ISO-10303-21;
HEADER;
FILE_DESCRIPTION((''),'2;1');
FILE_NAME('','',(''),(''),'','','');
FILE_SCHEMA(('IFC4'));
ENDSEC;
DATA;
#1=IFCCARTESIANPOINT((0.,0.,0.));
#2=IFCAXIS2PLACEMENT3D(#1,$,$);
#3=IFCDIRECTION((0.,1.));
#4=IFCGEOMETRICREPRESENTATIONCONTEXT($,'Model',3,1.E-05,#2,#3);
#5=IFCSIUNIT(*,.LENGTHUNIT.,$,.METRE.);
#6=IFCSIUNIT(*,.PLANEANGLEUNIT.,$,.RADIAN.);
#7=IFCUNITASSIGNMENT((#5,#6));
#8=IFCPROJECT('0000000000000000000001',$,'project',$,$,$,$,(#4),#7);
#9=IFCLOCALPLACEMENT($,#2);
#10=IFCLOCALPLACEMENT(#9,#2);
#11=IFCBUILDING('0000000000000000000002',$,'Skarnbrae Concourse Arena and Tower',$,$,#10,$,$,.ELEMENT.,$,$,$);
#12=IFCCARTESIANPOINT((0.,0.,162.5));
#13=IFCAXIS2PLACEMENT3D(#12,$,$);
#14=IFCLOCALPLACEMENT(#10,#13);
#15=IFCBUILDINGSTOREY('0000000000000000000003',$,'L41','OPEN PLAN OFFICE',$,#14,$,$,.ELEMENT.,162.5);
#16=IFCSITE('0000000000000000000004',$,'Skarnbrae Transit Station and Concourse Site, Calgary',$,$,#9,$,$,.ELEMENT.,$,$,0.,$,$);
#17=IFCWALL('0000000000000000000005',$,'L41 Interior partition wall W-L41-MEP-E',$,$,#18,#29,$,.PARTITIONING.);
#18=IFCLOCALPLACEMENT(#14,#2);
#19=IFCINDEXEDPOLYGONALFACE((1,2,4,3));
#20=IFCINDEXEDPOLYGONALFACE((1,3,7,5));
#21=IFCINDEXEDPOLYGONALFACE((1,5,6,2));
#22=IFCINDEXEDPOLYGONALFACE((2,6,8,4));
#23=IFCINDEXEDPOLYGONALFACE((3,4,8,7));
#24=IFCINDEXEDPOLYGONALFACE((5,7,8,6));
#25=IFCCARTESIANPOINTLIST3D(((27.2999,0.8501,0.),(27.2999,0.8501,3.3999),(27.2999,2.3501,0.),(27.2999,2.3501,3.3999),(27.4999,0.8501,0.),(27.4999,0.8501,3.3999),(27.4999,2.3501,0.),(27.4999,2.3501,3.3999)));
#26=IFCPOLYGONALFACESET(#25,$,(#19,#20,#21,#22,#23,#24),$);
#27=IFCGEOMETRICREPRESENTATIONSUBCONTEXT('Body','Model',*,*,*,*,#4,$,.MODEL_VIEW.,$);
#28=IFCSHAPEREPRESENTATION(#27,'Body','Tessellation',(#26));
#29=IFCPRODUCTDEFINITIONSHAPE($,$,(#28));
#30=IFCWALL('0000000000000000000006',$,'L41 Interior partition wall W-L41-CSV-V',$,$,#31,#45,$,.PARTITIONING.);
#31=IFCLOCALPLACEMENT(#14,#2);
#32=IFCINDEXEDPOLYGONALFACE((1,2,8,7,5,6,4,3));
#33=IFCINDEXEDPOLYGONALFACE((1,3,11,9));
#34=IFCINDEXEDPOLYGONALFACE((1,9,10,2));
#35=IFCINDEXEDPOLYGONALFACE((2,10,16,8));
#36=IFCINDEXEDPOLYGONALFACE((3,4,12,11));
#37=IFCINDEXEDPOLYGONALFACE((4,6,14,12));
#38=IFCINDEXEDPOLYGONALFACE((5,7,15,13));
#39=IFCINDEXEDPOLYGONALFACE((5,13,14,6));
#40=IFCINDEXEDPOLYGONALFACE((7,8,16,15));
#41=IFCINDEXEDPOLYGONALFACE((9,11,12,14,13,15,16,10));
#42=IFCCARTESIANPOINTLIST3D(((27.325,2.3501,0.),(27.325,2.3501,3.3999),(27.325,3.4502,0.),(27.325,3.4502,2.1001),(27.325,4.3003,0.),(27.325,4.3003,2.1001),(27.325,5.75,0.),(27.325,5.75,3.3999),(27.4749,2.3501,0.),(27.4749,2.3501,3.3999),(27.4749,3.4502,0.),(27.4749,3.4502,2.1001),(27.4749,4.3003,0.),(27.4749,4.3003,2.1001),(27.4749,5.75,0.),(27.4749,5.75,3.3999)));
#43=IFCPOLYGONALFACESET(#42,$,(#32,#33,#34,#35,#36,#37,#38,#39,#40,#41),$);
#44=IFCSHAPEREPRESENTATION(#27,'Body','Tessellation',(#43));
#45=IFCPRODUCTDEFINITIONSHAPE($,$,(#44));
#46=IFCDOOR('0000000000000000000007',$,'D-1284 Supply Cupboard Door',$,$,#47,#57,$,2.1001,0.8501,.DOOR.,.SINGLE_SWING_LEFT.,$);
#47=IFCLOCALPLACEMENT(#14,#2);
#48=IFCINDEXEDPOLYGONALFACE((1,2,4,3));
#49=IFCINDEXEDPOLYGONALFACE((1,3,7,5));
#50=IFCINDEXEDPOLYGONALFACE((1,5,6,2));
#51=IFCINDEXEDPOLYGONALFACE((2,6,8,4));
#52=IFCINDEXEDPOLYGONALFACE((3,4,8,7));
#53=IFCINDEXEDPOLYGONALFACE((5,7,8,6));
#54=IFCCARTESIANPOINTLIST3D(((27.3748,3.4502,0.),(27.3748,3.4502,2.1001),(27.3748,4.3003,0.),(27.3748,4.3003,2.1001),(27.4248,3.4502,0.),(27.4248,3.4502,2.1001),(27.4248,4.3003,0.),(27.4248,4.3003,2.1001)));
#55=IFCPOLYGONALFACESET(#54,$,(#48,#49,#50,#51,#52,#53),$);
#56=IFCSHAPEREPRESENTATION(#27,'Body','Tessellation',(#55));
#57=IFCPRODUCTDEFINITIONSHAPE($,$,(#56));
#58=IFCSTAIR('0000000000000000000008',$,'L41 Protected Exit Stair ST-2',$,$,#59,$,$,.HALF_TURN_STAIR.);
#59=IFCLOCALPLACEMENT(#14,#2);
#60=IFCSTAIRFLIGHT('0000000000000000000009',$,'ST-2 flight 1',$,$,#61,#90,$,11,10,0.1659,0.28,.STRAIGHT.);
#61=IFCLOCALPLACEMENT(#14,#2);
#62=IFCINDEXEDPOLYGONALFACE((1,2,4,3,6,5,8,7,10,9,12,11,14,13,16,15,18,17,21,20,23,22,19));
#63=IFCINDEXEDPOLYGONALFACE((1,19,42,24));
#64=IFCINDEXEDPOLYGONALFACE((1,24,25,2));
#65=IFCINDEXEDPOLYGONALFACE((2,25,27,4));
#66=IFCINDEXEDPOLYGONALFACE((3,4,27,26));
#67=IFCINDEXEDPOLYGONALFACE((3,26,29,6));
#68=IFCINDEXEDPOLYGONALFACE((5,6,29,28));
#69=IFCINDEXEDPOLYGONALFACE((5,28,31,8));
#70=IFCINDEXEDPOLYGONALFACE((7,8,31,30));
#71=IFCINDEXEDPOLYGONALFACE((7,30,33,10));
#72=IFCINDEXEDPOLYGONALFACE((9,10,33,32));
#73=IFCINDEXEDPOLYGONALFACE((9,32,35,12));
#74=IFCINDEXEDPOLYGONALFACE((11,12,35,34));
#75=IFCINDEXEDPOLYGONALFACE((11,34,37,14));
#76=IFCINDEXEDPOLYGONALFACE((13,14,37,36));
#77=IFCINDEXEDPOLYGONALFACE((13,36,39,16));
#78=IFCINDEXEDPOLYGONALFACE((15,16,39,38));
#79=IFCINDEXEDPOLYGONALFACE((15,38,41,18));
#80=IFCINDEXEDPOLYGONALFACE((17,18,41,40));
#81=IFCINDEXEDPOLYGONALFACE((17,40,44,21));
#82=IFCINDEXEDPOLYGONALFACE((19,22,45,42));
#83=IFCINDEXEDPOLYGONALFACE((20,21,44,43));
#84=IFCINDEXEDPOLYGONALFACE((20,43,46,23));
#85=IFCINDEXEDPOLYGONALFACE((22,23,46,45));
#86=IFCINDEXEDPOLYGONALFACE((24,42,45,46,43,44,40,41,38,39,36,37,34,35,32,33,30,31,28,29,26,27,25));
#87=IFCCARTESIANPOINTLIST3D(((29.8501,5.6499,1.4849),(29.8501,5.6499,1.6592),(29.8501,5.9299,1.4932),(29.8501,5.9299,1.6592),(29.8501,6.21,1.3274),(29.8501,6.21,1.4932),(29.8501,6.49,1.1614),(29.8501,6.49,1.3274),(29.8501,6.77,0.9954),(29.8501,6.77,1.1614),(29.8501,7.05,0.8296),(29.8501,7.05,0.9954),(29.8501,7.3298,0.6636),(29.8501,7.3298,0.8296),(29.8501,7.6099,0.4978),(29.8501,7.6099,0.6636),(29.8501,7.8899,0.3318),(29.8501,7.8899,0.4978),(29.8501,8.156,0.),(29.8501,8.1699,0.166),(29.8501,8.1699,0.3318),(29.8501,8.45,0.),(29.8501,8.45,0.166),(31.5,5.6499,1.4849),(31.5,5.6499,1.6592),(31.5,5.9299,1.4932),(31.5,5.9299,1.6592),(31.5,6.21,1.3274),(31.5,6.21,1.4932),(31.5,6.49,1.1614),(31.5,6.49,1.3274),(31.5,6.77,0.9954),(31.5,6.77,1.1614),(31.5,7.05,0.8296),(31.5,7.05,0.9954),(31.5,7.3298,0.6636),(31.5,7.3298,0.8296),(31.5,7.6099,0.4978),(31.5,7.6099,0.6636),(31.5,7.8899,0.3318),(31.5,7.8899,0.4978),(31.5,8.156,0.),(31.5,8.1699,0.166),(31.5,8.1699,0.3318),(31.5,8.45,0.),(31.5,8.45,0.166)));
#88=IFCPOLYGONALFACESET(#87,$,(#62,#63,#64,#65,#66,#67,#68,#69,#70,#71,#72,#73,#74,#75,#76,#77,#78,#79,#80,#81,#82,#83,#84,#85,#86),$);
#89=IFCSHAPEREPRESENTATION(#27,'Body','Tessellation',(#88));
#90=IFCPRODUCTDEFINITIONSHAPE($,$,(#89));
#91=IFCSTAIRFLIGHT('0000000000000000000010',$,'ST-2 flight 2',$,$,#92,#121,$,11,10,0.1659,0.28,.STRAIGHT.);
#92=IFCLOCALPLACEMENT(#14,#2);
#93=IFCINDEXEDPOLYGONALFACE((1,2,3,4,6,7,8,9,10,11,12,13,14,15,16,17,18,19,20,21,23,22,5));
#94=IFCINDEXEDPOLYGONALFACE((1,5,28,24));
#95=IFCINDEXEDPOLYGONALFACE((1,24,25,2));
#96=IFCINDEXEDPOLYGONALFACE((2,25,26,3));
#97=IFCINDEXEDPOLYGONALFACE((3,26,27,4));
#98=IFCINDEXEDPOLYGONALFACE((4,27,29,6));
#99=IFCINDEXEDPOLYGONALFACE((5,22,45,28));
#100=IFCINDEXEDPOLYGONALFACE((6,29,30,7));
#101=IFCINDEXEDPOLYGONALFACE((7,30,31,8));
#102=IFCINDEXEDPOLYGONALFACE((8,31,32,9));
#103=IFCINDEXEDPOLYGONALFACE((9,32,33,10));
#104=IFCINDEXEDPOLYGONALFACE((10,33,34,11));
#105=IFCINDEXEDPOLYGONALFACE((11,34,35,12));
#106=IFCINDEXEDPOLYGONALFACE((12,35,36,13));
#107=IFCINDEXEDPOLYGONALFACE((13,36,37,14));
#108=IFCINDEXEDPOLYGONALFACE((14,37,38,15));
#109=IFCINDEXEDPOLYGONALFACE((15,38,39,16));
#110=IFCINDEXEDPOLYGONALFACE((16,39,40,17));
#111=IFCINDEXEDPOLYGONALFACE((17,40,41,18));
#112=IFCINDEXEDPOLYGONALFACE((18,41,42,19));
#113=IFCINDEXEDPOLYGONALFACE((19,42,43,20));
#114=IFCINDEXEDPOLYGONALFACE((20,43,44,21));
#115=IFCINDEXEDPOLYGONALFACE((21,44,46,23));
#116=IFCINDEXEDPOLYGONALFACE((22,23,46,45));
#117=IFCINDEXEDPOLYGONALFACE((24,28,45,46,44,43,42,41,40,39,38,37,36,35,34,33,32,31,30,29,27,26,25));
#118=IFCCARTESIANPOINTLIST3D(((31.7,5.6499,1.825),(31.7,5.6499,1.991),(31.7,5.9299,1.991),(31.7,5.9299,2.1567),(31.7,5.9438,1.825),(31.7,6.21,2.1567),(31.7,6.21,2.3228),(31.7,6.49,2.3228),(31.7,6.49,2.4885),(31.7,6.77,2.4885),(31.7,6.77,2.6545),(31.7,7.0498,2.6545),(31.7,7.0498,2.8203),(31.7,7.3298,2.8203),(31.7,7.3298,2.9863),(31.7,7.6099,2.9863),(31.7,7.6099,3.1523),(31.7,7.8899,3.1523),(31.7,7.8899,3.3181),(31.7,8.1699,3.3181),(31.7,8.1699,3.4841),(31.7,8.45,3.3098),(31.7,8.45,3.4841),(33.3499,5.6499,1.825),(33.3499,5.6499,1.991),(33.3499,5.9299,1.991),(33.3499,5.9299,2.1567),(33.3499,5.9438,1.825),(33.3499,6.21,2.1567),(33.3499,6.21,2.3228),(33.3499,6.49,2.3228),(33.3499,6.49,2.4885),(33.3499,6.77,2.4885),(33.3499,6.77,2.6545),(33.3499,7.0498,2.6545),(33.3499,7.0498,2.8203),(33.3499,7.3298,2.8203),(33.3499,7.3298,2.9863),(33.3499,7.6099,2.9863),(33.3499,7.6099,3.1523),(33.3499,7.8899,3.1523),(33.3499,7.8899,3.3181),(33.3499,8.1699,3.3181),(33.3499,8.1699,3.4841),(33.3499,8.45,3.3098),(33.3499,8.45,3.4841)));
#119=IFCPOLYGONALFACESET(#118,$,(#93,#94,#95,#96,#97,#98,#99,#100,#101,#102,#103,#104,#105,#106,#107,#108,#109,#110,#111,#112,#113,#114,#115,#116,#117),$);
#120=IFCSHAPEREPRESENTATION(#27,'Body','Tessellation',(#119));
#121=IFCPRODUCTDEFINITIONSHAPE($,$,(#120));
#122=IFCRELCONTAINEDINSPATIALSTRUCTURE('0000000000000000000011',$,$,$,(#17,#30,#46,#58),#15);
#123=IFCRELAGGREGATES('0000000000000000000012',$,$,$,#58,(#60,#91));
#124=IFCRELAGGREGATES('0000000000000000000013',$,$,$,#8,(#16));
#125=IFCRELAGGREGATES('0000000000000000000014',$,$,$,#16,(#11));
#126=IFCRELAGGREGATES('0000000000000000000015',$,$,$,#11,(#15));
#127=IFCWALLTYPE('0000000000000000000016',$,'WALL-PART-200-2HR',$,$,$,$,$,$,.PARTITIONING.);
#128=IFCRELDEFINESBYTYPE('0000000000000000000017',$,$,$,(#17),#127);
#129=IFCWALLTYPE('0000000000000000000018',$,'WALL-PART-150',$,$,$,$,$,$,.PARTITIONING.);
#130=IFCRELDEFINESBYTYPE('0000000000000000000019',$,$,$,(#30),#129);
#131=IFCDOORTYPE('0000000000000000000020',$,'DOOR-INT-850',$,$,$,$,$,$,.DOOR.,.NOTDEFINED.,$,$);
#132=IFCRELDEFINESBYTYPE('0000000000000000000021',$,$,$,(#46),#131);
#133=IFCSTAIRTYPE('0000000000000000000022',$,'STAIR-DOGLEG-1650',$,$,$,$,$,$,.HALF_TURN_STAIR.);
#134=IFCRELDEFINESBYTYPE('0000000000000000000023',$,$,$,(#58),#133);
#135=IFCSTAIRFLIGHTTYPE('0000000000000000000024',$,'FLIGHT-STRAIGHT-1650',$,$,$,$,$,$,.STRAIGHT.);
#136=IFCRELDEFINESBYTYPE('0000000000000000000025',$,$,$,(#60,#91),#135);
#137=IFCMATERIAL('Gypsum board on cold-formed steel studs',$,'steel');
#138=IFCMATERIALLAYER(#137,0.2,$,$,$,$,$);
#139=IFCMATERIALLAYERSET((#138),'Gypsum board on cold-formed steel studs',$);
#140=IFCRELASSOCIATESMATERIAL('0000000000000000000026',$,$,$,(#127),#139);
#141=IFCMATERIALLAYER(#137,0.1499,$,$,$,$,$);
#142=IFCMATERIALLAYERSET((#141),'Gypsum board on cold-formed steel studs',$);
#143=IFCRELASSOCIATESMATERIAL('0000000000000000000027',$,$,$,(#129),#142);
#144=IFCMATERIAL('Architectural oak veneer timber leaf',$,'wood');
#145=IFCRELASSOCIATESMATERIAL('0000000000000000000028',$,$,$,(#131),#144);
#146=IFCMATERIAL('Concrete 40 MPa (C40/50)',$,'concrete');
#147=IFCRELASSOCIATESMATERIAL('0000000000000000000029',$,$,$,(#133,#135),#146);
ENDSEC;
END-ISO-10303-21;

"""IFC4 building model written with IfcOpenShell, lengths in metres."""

from ifc_helpers import new_model, si_unit, direction, frame, frame_2d, origin, place, context, subcontext, project, spatial, polyline, rectangle, outline, extrude, source, transform, mapped, material, layer, layer_set, type_object, element, fill, aggregate, save


model = new_model("IFC4")

# Units and contexts
model_context = context("Model", 3, precision=1e-05, world=origin(), true_north=direction((0.0, 1.0)))
body_context = subcontext(model_context, "Body", "Model", "MODEL_VIEW")
ifc_project = project(units=[si_unit("LENGTHUNIT", "METRE"), si_unit("PLANEANGLEUNIT", "RADIAN")], contexts=[model_context])

# Site, building, storey
site_placement = place(None, origin())
site = spatial("IfcSite", under=ifc_project, at=site_placement, Name="Skarnbrae Transit Station and Concourse Site, Calgary", CompositionType="ELEMENT", RefElevation=0.0)
building_placement = place(site_placement, origin())
building = spatial("IfcBuilding", under=site, at=building_placement, Name="Skarnbrae Concourse Arena and Tower", CompositionType="ELEMENT")
storey_placement = place(building_placement, frame((0.0, 0.0, 162.5)))
storey = spatial("IfcBuildingStorey", under=building, at=storey_placement, Name="L41", Description="OPEN PLAN OFFICE", CompositionType="ELEMENT", Elevation=162.5)

# Shared definitions
ifc_material_1 = material(Name="Gypsum board on cold-formed steel studs", Category="steel")
ifc_layer_1 = layer(ifc_material_1, 0.2)
ifc_layer_set_1 = layer_set([ifc_layer_1], Name="Gypsum board on cold-formed steel studs")
wall_type_1 = type_object("IfcWallType", Name="WALL-PART-200-2HR", PredefinedType="PARTITIONING", material=ifc_layer_set_1)
ifc_layer_2 = layer(ifc_material_1, 0.1499)
ifc_layer_set_2 = layer_set([ifc_layer_2], Name="Gypsum board on cold-formed steel studs")
wall_type_2 = type_object("IfcWallType", Name="WALL-PART-150", PredefinedType="PARTITIONING", material=ifc_layer_set_2)

# Wall
shared_shape_1 = source(origin(), body_context, "Body", "SweptSolid", [
    extrude(rectangle(XDim=1.5, YDim=0.2, at=frame_2d((0.75, 0.0))), origin(), (0.0, 0.0, 1.0), 3.3999),
])
wall_1_placement = place(storey_placement, frame((27.3999, 0.8501, 0.0), z_axis=(0.0, 0.0, 1.0), x_axis=(0.0, 1.0, 0.0)))
element("IfcWall", 1, at=wall_1_placement, inside=storey, type_object=wall_type_1, Name="L41 Interior partition wall W-L41-MEP-E", PredefinedType="PARTITIONING", context=body_context, shape_type="MappedRepresentation", body=[
    mapped(shared_shape_1, transform((0.0, 0.0, 0.0))),
])

# Wall, opening, door
shared_shape_2 = source(origin(), body_context, "Body", "SweptSolid", [
    extrude(rectangle(XDim=3.3999, YDim=0.1499, at=frame_2d((1.7, 0.0))), origin(), (0.0, 0.0, 1.0), 3.3999),
])
wall_2_placement = place(storey_placement, frame((27.3999, 2.3501, 0.0), z_axis=(0.0, 0.0, 1.0), x_axis=(0.0, 1.0, 0.0)))
wall_2 = element("IfcWall", 2, at=wall_2_placement, inside=storey, type_object=wall_type_2, Name="L41 Interior partition wall W-L41-CSV-V", PredefinedType="PARTITIONING", context=body_context, shape_type="MappedRepresentation", body=[
    mapped(shared_shape_2, transform((0.0, 0.0, 0.0))),
])
opening_1_placement = place(wall_2_placement, frame((1.1001, 0.0, 0.0)))
opening_1 = element("IfcOpeningElement", 3, at=opening_1_placement, cuts=wall_2, PredefinedType="OPENING", context=body_context, shape_type="SweptSolid", body=[
    extrude(rectangle(XDim=0.8501, YDim=2.1001, at=frame_2d((0.425, 1.05))), frame((0.0, 0.085, 0.0), z_axis=(0.0, -1.0, 0.0), x_axis=(1.0, 0.0, 0.0)), (0.0, 0.0, 1.0), 0.1699),
])
ifc_material_2 = material(Name="Architectural oak veneer timber leaf", Category="wood")
door_type_1 = type_object("IfcDoorType", Name="DOOR-INT-850", OperationType="NOTDEFINED", PredefinedType="DOOR", material=ifc_material_2)
shared_shape_3 = source(origin(), body_context, "Body", "SweptSolid", [
    extrude(rectangle(XDim=0.8501, YDim=2.1001, at=frame_2d((0.425, 1.05))), frame((0.0, 0.0249, 0.0), z_axis=(0.0, -1.0, 0.0), x_axis=(1.0, 0.0, 0.0)), (0.0, 0.0, 1.0), 0.05),
])
door_1_placement = place(opening_1_placement, frame((0.8501, 0.0, 0.0), z_axis=(0.0, 0.0, 1.0), x_axis=(-1.0, 0.0, 0.0)))
door_1 = element("IfcDoor", 4, at=door_1_placement, inside=storey, type_object=door_type_1, Name="D-1284 Supply Cupboard Door", OperationType="SINGLE_SWING_LEFT", OverallHeight=2.1001, OverallWidth=0.8501, PredefinedType="DOOR", context=body_context, shape_type="MappedRepresentation", body=[
    mapped(shared_shape_3, transform((0.0, 0.0, 0.0))),
])
fill(opening_1, door_1)

# Stair, stair flights
ifc_material_3 = material(Name="Concrete 40 MPa (C40/50)", Category="concrete")
stair_type = type_object("IfcStairType", Name="STAIR-DOGLEG-1650", PredefinedType="HALF_TURN_STAIR", material=ifc_material_3)
stair_placement = place(storey_placement, origin())
stair = element("IfcStair", 5, at=stair_placement, inside=storey, type_object=stair_type, Name="L41 Protected Exit Stair ST-2", PredefinedType="HALF_TURN_STAIR")
stair_flight_type = type_object("IfcStairFlightType", Name="FLIGHT-STRAIGHT-1650", PredefinedType="STRAIGHT", material=ifc_material_3)
shared_shape_4 = source(origin(), body_context, "Body", "SweptSolid", [
    extrude(outline(polyline([(0.0, 0.0), (0.0, 0.166), (0.28, 0.166), (0.28, 0.3318), (0.5601, 0.3318), (0.5601, 0.4978), (0.8401, 0.4978), (0.8401, 0.6636), (1.1201, 0.6636), (1.1201, 0.8296), (1.3999, 0.8296), (1.3999, 0.9954), (1.6799, 0.9954), (1.6799, 1.1614), (1.96, 1.1614), (1.96, 1.3274), (2.24, 1.3274), (2.24, 1.4932), (2.52, 1.4932), (2.52, 1.6592), (2.8, 1.6592), (2.8, 1.825), (2.8, 1.4849), (0.2939, 0.0), (0.0, 0.0)])), frame((0.0, 0.825, 0.0), z_axis=(0.0, -1.0, 0.0), x_axis=(1.0, 0.0, 0.0)), (0.0, 0.0, 1.0), 1.6499),
])
stair_flight_1_placement = place(storey_placement, frame((30.675, 8.45, 0.0), z_axis=(0.0, 0.0, 1.0), x_axis=(0.0, -1.0, 0.0)))
stair_flight_1 = element("IfcStairFlight", 6, at=stair_flight_1_placement, type_object=stair_flight_type, Name="ST-2 flight 1", NumberOfRisers=11, NumberOfTreads=10, PredefinedType="STRAIGHT", RiserHeight=0.1659, TreadLength=0.28, context=body_context, shape_type="MappedRepresentation", body=[
    mapped(shared_shape_4, transform((0.0, 0.0, 0.0))),
])
stair_flight_2_placement = place(storey_placement, frame((32.5249, 5.6499, 1.825), z_axis=(0.0, 0.0, 1.0), x_axis=(0.0, 1.0, 0.0)))
stair_flight_2 = element("IfcStairFlight", 7, at=stair_flight_2_placement, type_object=stair_flight_type, Name="ST-2 flight 2", NumberOfRisers=11, NumberOfTreads=10, PredefinedType="STRAIGHT", RiserHeight=0.1659, TreadLength=0.28, context=body_context, shape_type="MappedRepresentation", body=[
    mapped(shared_shape_4, transform((0.0, 0.0, 0.0))),
])
aggregate(stair, [stair_flight_1, stair_flight_2])

save(model, "model.ifc")
